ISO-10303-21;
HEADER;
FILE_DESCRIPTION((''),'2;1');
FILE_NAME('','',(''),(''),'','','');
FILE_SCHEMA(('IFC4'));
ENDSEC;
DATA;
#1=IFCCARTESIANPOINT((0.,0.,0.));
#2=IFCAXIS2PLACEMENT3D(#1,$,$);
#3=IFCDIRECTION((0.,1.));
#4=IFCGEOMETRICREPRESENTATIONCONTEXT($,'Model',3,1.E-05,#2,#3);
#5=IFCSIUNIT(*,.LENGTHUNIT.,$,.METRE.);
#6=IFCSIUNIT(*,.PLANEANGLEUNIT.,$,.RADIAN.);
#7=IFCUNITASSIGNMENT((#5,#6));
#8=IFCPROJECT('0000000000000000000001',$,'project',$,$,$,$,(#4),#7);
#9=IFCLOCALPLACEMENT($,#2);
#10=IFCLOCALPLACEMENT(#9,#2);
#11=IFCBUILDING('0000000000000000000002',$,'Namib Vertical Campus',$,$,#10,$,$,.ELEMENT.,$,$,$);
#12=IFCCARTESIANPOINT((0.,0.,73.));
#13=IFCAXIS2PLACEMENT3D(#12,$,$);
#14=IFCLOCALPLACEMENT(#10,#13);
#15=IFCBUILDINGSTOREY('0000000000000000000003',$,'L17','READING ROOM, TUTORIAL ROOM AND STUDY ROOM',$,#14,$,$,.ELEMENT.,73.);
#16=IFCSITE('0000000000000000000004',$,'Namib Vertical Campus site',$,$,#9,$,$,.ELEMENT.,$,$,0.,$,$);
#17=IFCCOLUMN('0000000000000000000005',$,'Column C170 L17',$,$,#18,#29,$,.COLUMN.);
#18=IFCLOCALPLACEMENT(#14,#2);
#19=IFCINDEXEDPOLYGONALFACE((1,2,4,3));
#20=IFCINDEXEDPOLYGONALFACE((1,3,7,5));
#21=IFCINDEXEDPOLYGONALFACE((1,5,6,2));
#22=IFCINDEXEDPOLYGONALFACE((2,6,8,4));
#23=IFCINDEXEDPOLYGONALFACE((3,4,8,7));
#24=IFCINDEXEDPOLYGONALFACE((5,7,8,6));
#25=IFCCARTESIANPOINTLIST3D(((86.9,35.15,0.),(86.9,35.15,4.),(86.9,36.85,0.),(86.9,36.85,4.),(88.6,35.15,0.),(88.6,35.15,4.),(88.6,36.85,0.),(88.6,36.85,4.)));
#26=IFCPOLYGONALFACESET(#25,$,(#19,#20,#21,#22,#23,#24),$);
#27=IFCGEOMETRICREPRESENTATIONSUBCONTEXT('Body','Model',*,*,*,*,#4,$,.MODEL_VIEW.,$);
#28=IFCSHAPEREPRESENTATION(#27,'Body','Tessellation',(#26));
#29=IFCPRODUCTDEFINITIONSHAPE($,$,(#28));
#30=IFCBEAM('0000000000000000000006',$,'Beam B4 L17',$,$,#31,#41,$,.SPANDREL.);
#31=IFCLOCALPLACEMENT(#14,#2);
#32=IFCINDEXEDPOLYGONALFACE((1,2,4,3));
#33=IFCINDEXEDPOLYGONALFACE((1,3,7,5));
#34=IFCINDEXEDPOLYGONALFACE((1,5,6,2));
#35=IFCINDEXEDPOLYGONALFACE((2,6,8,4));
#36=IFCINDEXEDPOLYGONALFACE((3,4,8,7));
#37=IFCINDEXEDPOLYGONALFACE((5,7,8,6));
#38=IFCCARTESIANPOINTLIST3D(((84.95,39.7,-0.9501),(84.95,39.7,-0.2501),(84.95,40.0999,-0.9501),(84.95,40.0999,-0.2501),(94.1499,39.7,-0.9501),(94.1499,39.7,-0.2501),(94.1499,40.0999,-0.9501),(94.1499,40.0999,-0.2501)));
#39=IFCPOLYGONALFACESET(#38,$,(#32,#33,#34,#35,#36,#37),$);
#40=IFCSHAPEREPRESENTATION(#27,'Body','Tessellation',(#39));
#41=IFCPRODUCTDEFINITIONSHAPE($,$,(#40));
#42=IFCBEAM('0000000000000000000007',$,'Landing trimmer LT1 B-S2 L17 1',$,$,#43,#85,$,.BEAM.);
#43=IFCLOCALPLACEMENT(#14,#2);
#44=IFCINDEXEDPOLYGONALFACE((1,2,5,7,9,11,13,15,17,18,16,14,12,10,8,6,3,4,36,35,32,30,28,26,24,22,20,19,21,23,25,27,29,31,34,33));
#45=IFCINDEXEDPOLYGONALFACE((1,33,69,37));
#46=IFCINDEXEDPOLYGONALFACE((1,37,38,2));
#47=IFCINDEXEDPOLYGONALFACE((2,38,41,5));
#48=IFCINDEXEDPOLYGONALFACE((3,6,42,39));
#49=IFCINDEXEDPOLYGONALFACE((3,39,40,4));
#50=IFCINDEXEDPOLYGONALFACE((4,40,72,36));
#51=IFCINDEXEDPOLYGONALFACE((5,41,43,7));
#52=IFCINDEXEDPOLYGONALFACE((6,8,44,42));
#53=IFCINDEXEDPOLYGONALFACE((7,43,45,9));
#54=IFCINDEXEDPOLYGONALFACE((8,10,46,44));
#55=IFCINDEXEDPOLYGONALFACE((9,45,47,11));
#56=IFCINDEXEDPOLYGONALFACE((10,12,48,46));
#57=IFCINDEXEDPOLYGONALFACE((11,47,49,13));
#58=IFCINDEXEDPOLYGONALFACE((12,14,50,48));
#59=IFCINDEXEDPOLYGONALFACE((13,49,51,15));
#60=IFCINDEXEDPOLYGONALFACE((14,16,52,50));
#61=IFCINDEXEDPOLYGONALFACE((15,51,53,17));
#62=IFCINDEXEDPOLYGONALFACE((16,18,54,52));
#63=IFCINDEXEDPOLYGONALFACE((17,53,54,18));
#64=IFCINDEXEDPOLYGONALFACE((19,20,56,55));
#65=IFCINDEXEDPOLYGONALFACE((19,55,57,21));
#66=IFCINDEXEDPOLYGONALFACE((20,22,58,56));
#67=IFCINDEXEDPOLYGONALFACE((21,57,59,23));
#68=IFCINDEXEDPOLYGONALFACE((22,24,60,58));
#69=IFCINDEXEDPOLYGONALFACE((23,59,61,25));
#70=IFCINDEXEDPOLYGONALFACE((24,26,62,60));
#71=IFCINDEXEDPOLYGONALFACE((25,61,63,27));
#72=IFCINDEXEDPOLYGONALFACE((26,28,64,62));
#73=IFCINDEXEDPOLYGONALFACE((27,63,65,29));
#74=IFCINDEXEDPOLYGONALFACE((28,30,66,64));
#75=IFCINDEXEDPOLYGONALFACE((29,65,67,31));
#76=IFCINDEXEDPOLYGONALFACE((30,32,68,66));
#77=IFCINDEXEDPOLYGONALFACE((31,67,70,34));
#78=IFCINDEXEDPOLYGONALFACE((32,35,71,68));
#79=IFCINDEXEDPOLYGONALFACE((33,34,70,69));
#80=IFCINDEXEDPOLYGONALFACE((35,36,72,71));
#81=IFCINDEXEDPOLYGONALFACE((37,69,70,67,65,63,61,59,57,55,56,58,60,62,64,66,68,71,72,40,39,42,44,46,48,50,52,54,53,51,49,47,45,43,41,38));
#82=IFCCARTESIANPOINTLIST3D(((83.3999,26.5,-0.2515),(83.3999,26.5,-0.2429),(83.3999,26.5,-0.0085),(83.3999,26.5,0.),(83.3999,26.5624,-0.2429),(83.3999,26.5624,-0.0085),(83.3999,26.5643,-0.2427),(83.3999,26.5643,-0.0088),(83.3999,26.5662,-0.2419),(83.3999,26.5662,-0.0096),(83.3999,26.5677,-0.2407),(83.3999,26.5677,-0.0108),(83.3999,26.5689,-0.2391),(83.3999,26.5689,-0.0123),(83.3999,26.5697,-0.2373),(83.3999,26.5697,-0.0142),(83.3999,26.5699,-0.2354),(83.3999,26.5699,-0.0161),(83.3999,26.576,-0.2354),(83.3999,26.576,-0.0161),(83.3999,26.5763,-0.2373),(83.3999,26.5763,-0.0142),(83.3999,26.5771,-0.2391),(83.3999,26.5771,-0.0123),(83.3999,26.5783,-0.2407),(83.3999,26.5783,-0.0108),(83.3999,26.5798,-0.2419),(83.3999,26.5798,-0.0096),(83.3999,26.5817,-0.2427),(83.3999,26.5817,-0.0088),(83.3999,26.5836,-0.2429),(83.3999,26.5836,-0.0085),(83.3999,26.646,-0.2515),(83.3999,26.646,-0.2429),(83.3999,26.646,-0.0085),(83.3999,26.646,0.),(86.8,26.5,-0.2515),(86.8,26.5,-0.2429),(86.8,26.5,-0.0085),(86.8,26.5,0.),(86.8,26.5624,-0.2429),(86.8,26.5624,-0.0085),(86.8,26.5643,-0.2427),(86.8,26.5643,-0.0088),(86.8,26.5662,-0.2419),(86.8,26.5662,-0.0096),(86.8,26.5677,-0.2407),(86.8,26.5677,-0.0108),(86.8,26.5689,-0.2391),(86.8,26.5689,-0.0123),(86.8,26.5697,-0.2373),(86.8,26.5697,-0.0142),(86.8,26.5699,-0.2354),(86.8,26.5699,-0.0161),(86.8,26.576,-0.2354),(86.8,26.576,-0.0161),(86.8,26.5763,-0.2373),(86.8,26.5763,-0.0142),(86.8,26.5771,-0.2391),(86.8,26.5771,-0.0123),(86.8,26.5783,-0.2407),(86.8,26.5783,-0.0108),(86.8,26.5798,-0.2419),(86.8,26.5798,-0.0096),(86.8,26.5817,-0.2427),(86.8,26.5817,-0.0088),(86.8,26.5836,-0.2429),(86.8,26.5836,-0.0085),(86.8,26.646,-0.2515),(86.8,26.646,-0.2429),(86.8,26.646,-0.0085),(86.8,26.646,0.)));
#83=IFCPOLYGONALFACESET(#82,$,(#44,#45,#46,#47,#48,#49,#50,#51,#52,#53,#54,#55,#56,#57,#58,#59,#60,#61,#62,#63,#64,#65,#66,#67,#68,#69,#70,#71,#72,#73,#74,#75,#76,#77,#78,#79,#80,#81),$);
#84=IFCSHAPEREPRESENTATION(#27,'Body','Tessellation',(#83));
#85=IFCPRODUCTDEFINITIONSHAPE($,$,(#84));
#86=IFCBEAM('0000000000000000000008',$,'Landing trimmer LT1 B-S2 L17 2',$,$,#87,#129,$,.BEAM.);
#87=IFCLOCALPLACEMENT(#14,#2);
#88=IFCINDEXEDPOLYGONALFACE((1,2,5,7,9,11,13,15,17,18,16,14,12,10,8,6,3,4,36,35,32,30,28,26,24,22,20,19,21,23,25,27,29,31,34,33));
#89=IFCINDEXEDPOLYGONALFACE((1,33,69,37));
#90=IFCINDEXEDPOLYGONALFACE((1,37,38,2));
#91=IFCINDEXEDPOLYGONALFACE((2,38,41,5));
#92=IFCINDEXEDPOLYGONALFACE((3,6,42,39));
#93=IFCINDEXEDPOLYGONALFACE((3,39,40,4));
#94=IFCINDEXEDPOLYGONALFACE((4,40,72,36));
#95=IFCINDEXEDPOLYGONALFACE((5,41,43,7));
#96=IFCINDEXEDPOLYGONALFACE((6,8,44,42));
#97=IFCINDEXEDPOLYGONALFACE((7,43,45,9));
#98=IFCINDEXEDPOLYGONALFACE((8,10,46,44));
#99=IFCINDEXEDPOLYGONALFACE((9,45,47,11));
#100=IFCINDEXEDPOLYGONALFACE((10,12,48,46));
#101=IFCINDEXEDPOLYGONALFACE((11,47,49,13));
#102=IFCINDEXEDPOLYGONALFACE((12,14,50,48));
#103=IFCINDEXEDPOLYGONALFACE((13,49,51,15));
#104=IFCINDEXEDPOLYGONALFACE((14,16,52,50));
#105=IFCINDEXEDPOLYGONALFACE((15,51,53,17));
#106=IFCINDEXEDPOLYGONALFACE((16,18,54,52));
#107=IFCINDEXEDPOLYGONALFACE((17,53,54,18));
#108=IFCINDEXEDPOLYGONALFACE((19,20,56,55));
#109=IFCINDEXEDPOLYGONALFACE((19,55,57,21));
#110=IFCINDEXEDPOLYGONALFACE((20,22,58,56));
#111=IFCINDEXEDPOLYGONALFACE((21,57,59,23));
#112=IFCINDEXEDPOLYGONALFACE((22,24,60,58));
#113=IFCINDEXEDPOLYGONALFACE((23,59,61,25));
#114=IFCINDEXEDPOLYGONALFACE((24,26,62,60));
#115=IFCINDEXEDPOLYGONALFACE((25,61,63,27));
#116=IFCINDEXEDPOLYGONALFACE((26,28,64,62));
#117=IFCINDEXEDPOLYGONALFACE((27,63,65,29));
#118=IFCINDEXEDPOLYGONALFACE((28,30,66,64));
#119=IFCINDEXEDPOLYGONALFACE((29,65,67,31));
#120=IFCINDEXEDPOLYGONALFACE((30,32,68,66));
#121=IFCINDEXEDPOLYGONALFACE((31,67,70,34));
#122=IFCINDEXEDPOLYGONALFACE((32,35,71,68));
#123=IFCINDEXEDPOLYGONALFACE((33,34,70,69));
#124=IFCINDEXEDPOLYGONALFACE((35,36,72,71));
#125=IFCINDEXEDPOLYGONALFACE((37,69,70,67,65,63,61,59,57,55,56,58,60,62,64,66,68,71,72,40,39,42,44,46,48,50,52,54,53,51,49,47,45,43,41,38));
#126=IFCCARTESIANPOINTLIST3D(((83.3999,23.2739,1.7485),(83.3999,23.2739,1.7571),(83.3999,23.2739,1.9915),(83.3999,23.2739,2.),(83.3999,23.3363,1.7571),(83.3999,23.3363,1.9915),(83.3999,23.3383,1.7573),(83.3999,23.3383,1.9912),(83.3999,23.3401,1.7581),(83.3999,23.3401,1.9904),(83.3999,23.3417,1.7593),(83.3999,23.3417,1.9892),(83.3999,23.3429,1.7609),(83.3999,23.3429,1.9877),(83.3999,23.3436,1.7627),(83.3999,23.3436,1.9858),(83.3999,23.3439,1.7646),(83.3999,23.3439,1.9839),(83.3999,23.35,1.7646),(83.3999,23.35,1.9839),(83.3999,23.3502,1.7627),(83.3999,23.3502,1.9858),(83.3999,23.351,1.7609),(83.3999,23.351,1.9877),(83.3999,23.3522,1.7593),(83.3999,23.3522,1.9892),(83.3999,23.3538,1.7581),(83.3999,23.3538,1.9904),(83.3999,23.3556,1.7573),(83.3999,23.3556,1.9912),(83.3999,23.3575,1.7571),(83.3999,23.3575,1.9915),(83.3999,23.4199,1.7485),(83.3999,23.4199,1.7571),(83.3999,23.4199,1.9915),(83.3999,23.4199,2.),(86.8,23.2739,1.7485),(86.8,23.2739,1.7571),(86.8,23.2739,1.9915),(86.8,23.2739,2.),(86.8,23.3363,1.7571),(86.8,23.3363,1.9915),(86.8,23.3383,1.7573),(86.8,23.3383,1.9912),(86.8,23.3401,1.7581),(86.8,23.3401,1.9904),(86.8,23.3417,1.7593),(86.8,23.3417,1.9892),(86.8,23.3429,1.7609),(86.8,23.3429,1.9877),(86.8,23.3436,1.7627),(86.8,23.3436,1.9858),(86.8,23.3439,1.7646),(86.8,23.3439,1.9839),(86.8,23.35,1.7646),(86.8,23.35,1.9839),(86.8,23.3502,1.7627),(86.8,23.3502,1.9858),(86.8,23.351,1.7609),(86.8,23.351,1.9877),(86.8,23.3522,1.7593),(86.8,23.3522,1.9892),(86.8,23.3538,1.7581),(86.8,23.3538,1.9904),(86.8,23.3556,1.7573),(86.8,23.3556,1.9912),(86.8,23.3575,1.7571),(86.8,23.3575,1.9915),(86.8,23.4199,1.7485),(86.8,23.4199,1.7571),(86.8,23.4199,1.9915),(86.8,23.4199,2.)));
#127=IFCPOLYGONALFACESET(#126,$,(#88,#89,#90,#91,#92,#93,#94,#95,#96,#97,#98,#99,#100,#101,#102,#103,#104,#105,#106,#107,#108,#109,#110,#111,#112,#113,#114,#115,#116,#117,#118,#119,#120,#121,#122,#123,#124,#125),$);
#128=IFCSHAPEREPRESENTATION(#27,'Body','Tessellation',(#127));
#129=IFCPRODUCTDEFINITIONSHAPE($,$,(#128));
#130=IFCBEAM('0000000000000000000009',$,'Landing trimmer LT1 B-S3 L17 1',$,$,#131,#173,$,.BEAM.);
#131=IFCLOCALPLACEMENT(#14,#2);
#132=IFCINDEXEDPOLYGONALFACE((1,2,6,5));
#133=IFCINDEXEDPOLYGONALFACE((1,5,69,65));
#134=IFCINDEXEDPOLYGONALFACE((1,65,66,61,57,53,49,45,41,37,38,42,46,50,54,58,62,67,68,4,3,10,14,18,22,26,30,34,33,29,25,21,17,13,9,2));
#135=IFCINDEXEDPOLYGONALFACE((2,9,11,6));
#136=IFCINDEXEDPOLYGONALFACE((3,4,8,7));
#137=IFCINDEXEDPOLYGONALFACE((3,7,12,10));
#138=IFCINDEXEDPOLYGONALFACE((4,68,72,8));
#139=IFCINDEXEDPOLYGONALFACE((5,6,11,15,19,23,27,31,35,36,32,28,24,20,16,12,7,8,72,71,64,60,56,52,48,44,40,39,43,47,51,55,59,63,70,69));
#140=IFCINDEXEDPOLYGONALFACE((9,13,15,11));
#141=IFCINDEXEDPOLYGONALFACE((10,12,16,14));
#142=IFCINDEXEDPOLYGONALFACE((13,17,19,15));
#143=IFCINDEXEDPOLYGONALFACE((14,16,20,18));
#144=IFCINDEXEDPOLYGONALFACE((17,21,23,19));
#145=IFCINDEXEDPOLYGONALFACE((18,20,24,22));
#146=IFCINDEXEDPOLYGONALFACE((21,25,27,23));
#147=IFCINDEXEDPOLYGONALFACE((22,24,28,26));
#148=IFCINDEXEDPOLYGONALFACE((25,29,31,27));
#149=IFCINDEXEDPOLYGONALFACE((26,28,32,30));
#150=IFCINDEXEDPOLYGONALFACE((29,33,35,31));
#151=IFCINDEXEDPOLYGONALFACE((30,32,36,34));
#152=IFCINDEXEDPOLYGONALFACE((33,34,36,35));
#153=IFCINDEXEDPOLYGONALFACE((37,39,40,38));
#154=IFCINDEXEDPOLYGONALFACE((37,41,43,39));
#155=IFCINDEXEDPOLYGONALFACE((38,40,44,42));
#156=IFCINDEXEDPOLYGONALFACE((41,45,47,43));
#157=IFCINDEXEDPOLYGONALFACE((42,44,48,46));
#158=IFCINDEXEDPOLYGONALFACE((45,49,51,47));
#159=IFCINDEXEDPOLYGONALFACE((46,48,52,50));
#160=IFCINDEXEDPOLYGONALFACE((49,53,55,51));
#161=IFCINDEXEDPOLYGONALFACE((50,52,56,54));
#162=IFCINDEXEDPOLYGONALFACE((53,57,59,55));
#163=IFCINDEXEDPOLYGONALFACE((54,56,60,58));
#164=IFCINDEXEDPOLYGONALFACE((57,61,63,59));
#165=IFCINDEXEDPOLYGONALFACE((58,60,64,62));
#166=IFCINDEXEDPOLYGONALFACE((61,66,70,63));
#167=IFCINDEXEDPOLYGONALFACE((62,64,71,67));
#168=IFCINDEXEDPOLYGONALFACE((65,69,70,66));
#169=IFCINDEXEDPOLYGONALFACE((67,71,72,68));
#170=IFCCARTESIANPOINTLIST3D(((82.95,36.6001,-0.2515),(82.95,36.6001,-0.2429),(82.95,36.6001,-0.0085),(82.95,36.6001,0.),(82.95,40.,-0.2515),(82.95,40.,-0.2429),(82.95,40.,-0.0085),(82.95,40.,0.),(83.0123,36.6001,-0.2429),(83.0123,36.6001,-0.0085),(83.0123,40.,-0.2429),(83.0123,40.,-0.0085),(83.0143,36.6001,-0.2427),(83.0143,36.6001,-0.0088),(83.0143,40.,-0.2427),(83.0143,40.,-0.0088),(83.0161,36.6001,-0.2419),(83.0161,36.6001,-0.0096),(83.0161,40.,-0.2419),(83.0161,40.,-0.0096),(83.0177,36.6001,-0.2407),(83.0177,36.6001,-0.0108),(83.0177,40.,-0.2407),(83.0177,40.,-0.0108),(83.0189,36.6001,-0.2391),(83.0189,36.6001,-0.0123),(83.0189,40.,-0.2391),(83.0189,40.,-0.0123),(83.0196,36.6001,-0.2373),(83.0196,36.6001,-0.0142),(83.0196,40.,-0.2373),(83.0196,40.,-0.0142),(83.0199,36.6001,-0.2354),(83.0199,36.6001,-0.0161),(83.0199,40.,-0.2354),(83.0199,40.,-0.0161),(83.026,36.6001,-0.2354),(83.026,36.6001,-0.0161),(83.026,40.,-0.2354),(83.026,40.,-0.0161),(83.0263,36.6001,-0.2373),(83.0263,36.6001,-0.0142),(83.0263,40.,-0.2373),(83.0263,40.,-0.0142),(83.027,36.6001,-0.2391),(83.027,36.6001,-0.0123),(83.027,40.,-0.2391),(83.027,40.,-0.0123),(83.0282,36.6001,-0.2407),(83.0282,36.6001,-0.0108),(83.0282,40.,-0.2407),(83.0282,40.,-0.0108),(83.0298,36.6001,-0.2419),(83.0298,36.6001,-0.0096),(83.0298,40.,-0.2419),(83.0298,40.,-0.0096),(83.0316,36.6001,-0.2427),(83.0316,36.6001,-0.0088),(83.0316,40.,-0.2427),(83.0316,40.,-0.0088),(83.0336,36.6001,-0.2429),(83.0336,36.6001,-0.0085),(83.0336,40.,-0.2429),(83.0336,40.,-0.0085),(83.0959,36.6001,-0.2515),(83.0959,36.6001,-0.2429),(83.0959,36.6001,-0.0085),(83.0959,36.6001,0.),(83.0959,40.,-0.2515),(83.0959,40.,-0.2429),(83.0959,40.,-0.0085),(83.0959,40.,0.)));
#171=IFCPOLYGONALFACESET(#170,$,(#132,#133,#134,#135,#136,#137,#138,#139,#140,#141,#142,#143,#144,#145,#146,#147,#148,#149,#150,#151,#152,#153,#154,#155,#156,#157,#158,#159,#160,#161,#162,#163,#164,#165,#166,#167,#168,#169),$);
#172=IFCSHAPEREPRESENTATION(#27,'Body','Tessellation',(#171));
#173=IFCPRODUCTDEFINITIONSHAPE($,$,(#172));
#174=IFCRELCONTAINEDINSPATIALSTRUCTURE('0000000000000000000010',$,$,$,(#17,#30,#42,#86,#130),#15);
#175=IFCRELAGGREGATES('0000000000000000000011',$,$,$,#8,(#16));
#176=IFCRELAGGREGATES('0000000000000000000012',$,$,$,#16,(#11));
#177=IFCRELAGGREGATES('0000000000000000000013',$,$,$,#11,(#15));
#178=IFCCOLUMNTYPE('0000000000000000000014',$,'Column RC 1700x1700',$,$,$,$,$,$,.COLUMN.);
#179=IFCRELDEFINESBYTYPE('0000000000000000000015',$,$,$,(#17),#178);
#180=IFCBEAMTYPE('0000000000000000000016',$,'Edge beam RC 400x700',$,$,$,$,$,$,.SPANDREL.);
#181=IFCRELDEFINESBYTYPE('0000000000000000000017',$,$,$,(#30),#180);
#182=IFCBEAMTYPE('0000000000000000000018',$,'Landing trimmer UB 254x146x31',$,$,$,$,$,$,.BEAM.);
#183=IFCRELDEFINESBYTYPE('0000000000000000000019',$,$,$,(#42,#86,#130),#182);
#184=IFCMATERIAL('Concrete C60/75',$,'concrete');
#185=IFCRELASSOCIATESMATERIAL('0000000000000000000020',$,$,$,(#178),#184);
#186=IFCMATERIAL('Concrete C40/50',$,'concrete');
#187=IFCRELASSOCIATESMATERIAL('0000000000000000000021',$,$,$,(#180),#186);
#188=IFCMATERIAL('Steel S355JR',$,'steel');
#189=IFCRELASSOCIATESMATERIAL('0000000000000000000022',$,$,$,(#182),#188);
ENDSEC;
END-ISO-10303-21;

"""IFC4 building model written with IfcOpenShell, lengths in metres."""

from ifc_helpers import new_model, si_unit, direction, frame, origin, origin_2d, place, context, subcontext, project, spatial, rectangle, i_section, extrude, material, material_profile, profile_set, type_object, element, save


model = new_model("IFC4")

# Units and contexts
model_context = context("Model", 3, precision=1e-05, world=origin(), true_north=direction((0.0, 1.0)))
body_context = subcontext(model_context, "Body", "Model", "MODEL_VIEW")
ifc_project = project(units=[si_unit("LENGTHUNIT", "METRE"), si_unit("PLANEANGLEUNIT", "RADIAN")], contexts=[model_context])

# Site, building, storey
site_placement = place(None, origin())
site = spatial("IfcSite", under=ifc_project, at=site_placement, Name="Namib Vertical Campus site", CompositionType="ELEMENT", RefElevation=0.0)
building_placement = place(site_placement, origin())
building = spatial("IfcBuilding", under=site, at=building_placement, Name="Namib Vertical Campus", CompositionType="ELEMENT")
storey_placement = place(building_placement, frame((0.0, 0.0, 73.0)))
storey = spatial("IfcBuildingStorey", under=building, at=storey_placement, Name="L17", Description="READING ROOM, TUTORIAL ROOM AND STUDY ROOM", CompositionType="ELEMENT", Elevation=73.0)

# Column
ifc_material_1 = material(Name="Concrete C60/75", Category="concrete")
ifc_material_profile_1 = material_profile(ifc_material_1, rectangle(XDim=1.7, YDim=1.7, at=origin_2d()))
ifc_profile_set_1 = profile_set([ifc_material_profile_1], Name="Concrete C60/75")
column_type = type_object("IfcColumnType", Name="Column RC 1700x1700", PredefinedType="COLUMN", material=ifc_profile_set_1)
column_placement = place(storey_placement, frame((87.75, 36.0, 0.0), z_axis=(0.0, 0.0, 1.0), x_axis=(1.0, 0.0, 0.0)))
element("IfcColumn", 1, at=column_placement, inside=storey, type_object=column_type, Name="Column C170 L17", PredefinedType="COLUMN", context=body_context, shape_type="SweptSolid", body=[
    extrude(rectangle(XDim=1.7, YDim=1.7, at=origin_2d()), origin(), (0.0, 0.0, 1.0), 4.0),
])

# Beams
ifc_material_2 = material(Name="Concrete C40/50", Category="concrete")
ifc_material_profile_2 = material_profile(ifc_material_2, rectangle(XDim=0.3999, YDim=0.7, at=origin_2d()))
ifc_profile_set_2 = profile_set([ifc_material_profile_2], Name="Concrete C40/50")
beam_type_1 = type_object("IfcBeamType", Name="Edge beam RC 400x700", PredefinedType="SPANDREL", material=ifc_profile_set_2)
beam_1_placement = place(storey_placement, frame((84.95, 39.8999, -0.6001), z_axis=(1.0, 0.0, 0.0), x_axis=(0.0, 1.0, 0.0)))
element("IfcBeam", 2, at=beam_1_placement, inside=storey, type_object=beam_type_1, Name="Beam B4 L17", PredefinedType="SPANDREL", context=body_context, shape_type="SweptSolid", body=[
    extrude(rectangle(XDim=0.3999, YDim=0.7, at=origin_2d()), origin(), (0.0, 0.0, 1.0), 9.2),
])
ifc_material_3 = material(Name="Steel S355JR", Category="steel")
ifc_material_profile_3 = material_profile(ifc_material_3, i_section(OverallWidth=0.146, OverallDepth=0.2515, WebThickness=0.0061, FlangeThickness=0.0085, FilletRadius=0.0076, at=origin_2d()))
ifc_profile_set_3 = profile_set([ifc_material_profile_3], Name="Steel S355JR")
beam_type_2 = type_object("IfcBeamType", Name="Landing trimmer UB 254x146x31", PredefinedType="BEAM", material=ifc_profile_set_3)
for number, where, z_axis, x_axis, name in (
    (3, (83.3999, 26.573, -0.1257), (1.0, 0.0, 0.0), (0.0, 1.0, 0.0), "Landing trimmer LT1 B-S2 L17 1"),
    (4, (83.3999, 23.3469, 1.8743), (1.0, 0.0, 0.0), (0.0, 1.0, 0.0), "Landing trimmer LT1 B-S2 L17 2"),
):
    element("IfcBeam", number, at=place(storey_placement, frame(where, z_axis=z_axis, x_axis=x_axis)), inside=storey, type_object=beam_type_2, Name=name, PredefinedType="BEAM", context=body_context, shape_type="SweptSolid", body=[
        extrude(i_section(OverallWidth=0.146, OverallDepth=0.2515, WebThickness=0.0061, FlangeThickness=0.0085, FilletRadius=0.0076, at=origin_2d()), origin(), (0.0, 0.0, 1.0), 3.4001),
    ])
beam_2_placement = place(storey_placement, frame((83.0229, 36.6001, -0.1257), z_axis=(0.0, 1.0, 0.0), x_axis=(-1.0, 0.0, 0.0)))
element("IfcBeam", 5, at=beam_2_placement, inside=storey, type_object=beam_type_2, Name="Landing trimmer LT1 B-S3 L17 1", PredefinedType="BEAM", context=body_context, shape_type="SweptSolid", body=[
    extrude(i_section(OverallWidth=0.146, OverallDepth=0.2515, WebThickness=0.0061, FlangeThickness=0.0085, FilletRadius=0.0076, at=origin_2d()), origin(), (0.0, 0.0, 1.0), 3.3999),
])

save(model, "model.ifc")
